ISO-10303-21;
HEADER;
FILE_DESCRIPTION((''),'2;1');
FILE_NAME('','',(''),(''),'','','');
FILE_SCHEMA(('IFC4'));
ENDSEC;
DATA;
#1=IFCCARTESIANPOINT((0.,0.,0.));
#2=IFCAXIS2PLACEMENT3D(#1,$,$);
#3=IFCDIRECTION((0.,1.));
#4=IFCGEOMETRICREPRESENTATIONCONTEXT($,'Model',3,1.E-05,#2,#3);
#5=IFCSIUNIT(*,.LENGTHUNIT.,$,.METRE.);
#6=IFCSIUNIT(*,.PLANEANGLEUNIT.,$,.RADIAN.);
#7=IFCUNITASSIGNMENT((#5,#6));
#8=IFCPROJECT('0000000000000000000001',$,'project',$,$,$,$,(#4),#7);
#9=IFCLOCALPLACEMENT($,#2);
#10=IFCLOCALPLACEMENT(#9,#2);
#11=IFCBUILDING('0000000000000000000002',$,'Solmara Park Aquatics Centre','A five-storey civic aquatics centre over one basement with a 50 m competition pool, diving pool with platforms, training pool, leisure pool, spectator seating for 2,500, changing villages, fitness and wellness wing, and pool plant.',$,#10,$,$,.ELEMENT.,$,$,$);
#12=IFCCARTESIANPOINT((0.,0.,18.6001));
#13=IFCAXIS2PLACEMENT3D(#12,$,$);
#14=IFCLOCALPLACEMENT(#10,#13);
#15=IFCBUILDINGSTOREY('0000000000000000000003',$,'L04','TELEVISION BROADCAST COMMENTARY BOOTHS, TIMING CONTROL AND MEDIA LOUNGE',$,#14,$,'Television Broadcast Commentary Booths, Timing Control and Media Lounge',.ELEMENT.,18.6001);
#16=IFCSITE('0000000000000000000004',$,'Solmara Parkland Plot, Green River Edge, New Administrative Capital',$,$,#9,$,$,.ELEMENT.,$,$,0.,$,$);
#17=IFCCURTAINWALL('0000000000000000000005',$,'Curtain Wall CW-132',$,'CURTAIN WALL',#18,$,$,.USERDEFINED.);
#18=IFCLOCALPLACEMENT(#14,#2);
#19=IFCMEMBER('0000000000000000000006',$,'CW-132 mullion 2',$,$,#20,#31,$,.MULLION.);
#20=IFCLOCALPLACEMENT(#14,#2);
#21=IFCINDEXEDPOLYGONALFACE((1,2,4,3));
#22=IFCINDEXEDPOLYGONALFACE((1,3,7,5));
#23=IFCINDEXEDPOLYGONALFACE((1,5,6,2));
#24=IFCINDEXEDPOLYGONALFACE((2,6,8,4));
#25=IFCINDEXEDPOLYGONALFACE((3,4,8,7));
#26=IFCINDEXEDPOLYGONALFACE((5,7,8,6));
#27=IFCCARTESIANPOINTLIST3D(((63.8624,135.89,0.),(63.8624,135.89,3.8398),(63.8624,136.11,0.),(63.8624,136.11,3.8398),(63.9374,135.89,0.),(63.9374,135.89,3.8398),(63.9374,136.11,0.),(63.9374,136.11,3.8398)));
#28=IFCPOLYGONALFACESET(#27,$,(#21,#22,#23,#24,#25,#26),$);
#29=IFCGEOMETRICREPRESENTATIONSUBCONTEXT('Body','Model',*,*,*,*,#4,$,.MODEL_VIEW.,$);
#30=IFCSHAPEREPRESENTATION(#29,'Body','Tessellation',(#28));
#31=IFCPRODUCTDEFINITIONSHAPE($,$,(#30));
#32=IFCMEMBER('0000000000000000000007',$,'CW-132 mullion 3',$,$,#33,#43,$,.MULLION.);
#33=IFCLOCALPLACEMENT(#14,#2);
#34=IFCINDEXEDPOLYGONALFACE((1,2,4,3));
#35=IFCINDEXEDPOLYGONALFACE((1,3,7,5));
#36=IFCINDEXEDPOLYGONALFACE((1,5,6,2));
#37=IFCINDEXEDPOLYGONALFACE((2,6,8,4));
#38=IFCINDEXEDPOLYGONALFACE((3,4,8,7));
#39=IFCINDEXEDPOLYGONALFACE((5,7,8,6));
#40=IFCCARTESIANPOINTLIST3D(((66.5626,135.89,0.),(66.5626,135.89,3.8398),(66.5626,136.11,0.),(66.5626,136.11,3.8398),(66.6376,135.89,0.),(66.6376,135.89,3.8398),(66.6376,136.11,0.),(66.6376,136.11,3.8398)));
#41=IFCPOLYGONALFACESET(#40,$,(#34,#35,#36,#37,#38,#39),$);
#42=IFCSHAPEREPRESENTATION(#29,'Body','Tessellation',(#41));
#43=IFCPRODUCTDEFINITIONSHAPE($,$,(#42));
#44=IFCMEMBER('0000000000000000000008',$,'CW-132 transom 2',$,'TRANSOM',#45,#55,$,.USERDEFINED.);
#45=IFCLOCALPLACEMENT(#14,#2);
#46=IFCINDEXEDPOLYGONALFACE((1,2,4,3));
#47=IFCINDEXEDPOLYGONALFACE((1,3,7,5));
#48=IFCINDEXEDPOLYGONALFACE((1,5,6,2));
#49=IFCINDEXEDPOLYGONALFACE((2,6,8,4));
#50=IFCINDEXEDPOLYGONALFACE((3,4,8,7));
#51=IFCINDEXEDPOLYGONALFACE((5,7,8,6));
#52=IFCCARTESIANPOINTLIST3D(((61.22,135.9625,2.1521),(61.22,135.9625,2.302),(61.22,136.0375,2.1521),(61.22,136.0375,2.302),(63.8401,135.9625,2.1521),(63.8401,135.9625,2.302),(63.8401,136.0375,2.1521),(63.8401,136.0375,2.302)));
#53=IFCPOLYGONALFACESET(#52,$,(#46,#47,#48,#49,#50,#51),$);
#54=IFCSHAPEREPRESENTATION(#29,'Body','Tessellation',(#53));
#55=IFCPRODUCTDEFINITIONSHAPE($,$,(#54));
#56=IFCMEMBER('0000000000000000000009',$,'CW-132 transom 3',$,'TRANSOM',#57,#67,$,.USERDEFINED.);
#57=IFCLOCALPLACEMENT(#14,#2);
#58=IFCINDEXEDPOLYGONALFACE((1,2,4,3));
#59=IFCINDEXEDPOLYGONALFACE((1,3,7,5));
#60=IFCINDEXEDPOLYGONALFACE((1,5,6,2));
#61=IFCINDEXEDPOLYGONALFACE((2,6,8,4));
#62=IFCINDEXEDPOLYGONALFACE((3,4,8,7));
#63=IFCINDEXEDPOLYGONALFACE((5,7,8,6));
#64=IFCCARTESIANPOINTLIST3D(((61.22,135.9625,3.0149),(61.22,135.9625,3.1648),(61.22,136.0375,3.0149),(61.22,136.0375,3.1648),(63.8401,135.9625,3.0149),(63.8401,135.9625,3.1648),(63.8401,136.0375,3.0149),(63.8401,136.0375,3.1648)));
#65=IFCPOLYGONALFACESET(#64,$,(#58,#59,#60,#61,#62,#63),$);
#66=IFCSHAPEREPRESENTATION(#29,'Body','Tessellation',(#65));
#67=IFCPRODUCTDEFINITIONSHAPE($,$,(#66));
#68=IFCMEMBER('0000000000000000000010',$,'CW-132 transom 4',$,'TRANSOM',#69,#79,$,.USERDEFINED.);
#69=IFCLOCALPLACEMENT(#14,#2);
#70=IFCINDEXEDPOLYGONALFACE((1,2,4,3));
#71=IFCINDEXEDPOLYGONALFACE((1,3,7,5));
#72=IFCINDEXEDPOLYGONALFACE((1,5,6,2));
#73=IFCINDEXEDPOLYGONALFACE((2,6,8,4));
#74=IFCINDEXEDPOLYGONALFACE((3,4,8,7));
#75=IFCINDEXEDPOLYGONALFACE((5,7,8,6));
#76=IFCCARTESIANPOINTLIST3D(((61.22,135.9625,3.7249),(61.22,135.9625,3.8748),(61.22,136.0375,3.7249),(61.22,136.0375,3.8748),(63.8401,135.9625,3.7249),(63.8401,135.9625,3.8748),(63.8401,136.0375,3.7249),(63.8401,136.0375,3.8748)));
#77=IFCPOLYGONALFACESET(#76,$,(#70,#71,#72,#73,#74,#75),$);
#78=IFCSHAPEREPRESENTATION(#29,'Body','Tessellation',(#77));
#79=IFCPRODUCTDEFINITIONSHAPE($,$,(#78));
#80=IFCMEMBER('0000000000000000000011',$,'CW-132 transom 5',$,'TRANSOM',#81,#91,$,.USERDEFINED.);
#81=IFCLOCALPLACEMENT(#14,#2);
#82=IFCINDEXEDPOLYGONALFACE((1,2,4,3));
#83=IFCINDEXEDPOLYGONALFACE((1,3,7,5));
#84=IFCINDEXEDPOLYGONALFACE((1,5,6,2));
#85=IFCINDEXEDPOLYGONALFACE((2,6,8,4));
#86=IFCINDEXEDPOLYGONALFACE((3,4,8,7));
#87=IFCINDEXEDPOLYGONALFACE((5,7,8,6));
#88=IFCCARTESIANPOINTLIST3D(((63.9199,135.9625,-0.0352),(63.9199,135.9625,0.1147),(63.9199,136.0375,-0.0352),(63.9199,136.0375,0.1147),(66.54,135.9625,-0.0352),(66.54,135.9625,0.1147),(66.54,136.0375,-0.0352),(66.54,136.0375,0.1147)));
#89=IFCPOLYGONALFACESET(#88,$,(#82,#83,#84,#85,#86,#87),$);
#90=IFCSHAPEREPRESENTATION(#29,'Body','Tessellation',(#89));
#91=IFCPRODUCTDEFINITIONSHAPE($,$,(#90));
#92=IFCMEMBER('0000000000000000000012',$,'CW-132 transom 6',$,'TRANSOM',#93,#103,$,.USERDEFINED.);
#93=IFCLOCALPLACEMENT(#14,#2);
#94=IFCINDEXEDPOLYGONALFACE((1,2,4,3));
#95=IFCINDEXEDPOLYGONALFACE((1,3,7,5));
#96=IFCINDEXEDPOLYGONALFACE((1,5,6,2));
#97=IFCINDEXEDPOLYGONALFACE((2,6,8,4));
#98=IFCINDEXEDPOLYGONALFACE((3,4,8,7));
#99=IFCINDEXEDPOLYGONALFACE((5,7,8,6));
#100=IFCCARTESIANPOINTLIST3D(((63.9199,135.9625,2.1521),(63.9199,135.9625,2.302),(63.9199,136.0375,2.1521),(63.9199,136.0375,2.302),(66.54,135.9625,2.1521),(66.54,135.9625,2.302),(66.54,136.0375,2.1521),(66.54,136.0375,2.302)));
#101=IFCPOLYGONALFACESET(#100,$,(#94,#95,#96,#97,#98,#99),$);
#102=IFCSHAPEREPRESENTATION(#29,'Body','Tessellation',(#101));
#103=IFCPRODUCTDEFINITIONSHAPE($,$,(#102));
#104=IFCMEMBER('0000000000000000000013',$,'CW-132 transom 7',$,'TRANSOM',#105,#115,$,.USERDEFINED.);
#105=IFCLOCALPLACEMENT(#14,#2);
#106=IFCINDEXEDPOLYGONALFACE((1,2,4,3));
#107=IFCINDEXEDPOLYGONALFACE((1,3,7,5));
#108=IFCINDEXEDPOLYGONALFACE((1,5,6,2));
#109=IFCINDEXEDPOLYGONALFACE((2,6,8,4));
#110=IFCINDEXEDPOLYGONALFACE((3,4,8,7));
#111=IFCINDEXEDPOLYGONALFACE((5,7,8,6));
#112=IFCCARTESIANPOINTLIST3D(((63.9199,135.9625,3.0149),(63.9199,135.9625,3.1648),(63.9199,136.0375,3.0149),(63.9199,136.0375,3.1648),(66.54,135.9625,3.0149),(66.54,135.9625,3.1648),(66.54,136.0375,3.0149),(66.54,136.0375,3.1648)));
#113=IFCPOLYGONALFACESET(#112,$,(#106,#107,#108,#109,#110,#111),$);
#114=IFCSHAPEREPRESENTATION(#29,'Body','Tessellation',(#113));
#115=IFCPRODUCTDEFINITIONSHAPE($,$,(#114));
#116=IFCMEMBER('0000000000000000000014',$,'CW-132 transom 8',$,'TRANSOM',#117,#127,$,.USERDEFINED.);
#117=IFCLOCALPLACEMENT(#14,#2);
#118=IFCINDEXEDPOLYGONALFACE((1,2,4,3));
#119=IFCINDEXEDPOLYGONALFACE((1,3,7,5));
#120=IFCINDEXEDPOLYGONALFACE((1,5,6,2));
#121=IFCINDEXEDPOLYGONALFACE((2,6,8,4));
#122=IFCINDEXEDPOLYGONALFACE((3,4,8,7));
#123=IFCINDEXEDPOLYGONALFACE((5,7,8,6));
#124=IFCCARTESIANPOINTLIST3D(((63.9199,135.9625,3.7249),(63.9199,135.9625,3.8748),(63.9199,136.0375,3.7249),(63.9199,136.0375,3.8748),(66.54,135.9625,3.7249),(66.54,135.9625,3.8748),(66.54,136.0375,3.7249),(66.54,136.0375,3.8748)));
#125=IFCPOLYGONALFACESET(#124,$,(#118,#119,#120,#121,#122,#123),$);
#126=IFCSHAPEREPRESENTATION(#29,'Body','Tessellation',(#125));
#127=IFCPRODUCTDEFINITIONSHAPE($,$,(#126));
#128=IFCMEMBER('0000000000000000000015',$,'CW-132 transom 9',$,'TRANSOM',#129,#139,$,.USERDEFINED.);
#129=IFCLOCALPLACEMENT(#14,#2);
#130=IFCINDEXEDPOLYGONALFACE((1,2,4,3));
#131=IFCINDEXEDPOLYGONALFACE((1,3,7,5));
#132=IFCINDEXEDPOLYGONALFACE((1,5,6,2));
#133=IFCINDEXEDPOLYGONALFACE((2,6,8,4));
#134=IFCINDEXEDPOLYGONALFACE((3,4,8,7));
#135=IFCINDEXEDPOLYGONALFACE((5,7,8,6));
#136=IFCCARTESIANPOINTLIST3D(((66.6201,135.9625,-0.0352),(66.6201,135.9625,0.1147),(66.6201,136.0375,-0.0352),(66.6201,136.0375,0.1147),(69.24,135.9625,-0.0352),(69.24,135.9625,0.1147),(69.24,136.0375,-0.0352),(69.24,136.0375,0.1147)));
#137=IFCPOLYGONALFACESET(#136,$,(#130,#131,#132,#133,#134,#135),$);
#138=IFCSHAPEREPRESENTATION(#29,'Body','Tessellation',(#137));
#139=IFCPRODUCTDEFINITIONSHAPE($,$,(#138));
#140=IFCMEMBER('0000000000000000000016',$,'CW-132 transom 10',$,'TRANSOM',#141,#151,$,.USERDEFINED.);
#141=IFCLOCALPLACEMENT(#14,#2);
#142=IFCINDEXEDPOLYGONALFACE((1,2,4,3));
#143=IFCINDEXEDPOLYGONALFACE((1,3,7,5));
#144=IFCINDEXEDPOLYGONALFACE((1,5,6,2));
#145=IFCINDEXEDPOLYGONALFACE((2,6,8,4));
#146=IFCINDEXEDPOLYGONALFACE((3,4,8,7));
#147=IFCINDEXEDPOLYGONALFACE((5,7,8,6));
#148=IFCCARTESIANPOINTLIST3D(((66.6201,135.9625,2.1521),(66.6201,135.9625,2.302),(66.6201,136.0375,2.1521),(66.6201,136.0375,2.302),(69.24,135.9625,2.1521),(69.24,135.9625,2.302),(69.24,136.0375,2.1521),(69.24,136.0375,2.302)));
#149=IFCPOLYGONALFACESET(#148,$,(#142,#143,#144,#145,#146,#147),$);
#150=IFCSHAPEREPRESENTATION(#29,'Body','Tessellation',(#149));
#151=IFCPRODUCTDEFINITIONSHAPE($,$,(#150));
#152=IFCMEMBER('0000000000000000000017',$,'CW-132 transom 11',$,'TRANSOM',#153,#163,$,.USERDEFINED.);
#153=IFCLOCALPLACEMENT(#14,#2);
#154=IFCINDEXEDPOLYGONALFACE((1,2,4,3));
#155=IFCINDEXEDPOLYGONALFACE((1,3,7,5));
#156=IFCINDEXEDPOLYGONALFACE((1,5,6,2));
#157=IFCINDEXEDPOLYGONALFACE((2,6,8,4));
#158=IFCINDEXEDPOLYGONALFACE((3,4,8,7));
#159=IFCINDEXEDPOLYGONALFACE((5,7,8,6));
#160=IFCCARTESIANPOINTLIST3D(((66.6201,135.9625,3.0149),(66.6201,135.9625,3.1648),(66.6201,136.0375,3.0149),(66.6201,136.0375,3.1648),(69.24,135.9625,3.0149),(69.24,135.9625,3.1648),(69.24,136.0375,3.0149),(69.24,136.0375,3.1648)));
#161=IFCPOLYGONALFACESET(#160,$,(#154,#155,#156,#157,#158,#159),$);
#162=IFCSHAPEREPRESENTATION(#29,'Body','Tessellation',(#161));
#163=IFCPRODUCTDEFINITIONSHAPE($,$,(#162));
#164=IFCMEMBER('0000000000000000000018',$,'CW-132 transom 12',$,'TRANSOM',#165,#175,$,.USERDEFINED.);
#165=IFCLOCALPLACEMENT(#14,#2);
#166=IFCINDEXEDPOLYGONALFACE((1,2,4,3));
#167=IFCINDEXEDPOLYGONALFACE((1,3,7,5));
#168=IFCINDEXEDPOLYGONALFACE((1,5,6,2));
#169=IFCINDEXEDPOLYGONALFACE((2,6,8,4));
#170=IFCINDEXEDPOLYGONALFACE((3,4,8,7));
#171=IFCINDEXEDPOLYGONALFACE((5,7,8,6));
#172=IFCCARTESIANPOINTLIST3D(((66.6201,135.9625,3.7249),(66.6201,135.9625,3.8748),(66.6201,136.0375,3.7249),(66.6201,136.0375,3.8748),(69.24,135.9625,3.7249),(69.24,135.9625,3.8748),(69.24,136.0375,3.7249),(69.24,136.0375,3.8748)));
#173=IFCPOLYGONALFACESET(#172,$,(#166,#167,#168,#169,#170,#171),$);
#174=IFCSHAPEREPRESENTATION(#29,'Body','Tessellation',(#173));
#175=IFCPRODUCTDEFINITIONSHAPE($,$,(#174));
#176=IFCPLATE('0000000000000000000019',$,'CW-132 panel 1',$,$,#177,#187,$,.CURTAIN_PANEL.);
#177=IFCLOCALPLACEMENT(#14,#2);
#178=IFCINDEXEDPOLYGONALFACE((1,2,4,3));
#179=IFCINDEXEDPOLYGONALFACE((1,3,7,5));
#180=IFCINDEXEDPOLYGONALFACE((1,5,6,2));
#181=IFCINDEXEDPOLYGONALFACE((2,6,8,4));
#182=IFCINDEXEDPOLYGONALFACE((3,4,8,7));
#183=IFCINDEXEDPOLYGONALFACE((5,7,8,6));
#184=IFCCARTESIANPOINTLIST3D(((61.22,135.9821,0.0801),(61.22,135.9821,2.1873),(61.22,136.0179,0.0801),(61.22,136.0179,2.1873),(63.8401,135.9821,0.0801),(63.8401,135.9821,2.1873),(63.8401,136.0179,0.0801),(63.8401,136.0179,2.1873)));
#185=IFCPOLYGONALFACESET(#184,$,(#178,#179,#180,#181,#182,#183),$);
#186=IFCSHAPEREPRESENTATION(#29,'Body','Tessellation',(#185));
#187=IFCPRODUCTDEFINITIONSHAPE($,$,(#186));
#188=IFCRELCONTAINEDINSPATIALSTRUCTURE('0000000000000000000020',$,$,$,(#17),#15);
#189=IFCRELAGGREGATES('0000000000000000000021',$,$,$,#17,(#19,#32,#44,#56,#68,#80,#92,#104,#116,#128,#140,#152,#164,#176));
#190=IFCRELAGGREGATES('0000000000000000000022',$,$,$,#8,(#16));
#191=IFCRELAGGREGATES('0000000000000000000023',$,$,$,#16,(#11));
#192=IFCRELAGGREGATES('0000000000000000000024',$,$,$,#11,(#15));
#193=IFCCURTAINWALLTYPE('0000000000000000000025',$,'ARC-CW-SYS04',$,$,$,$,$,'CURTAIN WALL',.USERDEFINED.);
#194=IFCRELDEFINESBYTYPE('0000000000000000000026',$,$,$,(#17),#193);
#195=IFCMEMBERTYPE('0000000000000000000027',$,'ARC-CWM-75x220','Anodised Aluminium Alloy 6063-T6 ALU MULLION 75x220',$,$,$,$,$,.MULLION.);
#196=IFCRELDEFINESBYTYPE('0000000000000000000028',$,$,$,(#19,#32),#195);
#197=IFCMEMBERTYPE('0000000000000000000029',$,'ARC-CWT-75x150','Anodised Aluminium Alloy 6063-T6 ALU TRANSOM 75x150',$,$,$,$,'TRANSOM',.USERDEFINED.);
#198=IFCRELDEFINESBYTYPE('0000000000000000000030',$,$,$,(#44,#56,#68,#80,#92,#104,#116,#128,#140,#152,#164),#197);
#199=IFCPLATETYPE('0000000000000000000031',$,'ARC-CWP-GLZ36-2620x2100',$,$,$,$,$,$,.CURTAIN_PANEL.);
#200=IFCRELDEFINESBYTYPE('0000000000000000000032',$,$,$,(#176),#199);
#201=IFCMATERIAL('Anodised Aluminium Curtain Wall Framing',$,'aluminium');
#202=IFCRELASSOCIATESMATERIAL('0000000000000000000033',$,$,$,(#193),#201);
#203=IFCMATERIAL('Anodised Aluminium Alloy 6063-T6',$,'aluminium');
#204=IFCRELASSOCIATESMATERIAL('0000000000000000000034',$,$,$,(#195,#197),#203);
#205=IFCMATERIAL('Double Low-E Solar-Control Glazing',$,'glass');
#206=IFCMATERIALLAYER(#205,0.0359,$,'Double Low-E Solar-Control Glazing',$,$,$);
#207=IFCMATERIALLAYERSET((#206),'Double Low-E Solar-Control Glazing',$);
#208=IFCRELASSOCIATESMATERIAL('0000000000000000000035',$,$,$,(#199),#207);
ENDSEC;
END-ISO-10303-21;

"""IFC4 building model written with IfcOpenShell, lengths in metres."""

from ifc_helpers import new_model, si_unit, direction, frame, origin, origin_2d, place, context, subcontext, project, spatial, rectangle, extrude, material, layer, layer_set, material_profile, profile_set, type_object, element, aggregate, save


model = new_model("IFC4")

# Units and contexts
model_context = context("Model", 3, precision=1e-05, world=origin(), true_north=direction((0.0, 1.0)))
body_context = subcontext(model_context, "Body", "Model", "MODEL_VIEW")
ifc_project = project(units=[si_unit("LENGTHUNIT", "METRE"), si_unit("PLANEANGLEUNIT", "RADIAN")], contexts=[model_context])

# Site, building, storey
site_placement = place(None, origin())
site = spatial("IfcSite", under=ifc_project, at=site_placement, Name="Solmara Parkland Plot, Green River Edge, New Administrative Capital", CompositionType="ELEMENT", RefElevation=0.0)
building_placement = place(site_placement, origin())
building = spatial("IfcBuilding", under=site, at=building_placement, Name="Solmara Park Aquatics Centre", Description="A five-storey civic aquatics centre over one basement with a 50 m competition pool, diving pool with platforms, training pool, leisure pool, spectator seating for 2,500, changing villages, fitness and wellness wing, and pool plant.", CompositionType="ELEMENT")
storey_placement = place(building_placement, frame((0.0, 0.0, 18.6001)))
storey = spatial("IfcBuildingStorey", under=building, at=storey_placement, Name="L04", Description="TELEVISION BROADCAST COMMENTARY BOOTHS, TIMING CONTROL AND MEDIA LOUNGE", LongName="Television Broadcast Commentary Booths, Timing Control and Media Lounge", CompositionType="ELEMENT", Elevation=18.6001)

# Curtain wall, members, plate
ifc_material_1 = material(Name="Anodised Aluminium Curtain Wall Framing", Category="aluminium")
curtain_wall_type = type_object("IfcCurtainWallType", Name="ARC-CW-SYS04", ElementType="CURTAIN WALL", PredefinedType="USERDEFINED", material=ifc_material_1)
curtain_wall_placement = place(storey_placement, origin())
curtain_wall = element("IfcCurtainWall", 1, at=curtain_wall_placement, inside=storey, type_object=curtain_wall_type, Name="Curtain Wall CW-132", ObjectType="CURTAIN WALL", PredefinedType="USERDEFINED")
ifc_material_2 = material(Name="Anodised Aluminium Alloy 6063-T6", Category="aluminium")
ifc_material_profile_1 = material_profile(ifc_material_2, rectangle(XDim=0.075, YDim=0.22, at=origin_2d()), Name="ALU MULLION 75x220")
ifc_profile_set_1 = profile_set([ifc_material_profile_1], Name="Anodised Aluminium Alloy 6063-T6")
member_type_1 = type_object("IfcMemberType", Name="ARC-CWM-75x220", Description="Anodised Aluminium Alloy 6063-T6 ALU MULLION 75x220", PredefinedType="MULLION", material=ifc_profile_set_1)
member_1_placement = place(storey_placement, frame((63.8999, 136.0, 0.0), z_axis=(0.0, 0.0, 1.0), x_axis=(1.0, 0.0, 0.0)))
member_1 = element("IfcMember", 2, at=member_1_placement, type_object=member_type_1, Name="CW-132 mullion 2", PredefinedType="MULLION", context=body_context, shape_type="SweptSolid", body=[
    extrude(rectangle(XDim=0.075, YDim=0.22, at=origin_2d()), origin(), (0.0, 0.0, 1.0), 3.8398),
])
member_2_placement = place(storey_placement, frame((66.6001, 136.0, 0.0), z_axis=(0.0, 0.0, 1.0), x_axis=(1.0, 0.0, 0.0)))
member_2 = element("IfcMember", 3, at=member_2_placement, type_object=member_type_1, Name="CW-132 mullion 3", PredefinedType="MULLION", context=body_context, shape_type="SweptSolid", body=[
    extrude(rectangle(XDim=0.075, YDim=0.22, at=origin_2d()), origin(), (0.0, 0.0, 1.0), 3.8398),
])
ifc_material_profile_2 = material_profile(ifc_material_2, rectangle(XDim=0.075, YDim=0.1499, at=origin_2d()), Name="ALU TRANSOM 75x150")
ifc_profile_set_2 = profile_set([ifc_material_profile_2], Name="Anodised Aluminium Alloy 6063-T6")
member_type_2 = type_object("IfcMemberType", Name="ARC-CWT-75x150", Description="Anodised Aluminium Alloy 6063-T6 ALU TRANSOM 75x150", ElementType="TRANSOM", PredefinedType="USERDEFINED", material=ifc_profile_set_2)
member_3_placement = place(storey_placement, frame((61.22, 136.0, 2.2271), z_axis=(1.0, 0.0, 0.0), x_axis=(0.0, 1.0, 0.0)))
member_3 = element("IfcMember", 4, at=member_3_placement, type_object=member_type_2, Name="CW-132 transom 2", ObjectType="TRANSOM", PredefinedType="USERDEFINED", context=body_context, shape_type="SweptSolid", body=[
    extrude(rectangle(XDim=0.075, YDim=0.1499, at=origin_2d()), origin(), (0.0, 0.0, 1.0), 2.6201),
])
member_4_placement = place(storey_placement, frame((61.22, 136.0, 3.0898), z_axis=(1.0, 0.0, 0.0), x_axis=(0.0, 1.0, 0.0)))
member_4 = element("IfcMember", 5, at=member_4_placement, type_object=member_type_2, Name="CW-132 transom 3", ObjectType="TRANSOM", PredefinedType="USERDEFINED", context=body_context, shape_type="SweptSolid", body=[
    extrude(rectangle(XDim=0.075, YDim=0.1499, at=origin_2d()), origin(), (0.0, 0.0, 1.0), 2.6201),
])
member_5_placement = place(storey_placement, frame((61.22, 136.0, 3.7998), z_axis=(1.0, 0.0, 0.0), x_axis=(0.0, 1.0, 0.0)))
member_5 = element("IfcMember", 6, at=member_5_placement, type_object=member_type_2, Name="CW-132 transom 4", ObjectType="TRANSOM", PredefinedType="USERDEFINED", context=body_context, shape_type="SweptSolid", body=[
    extrude(rectangle(XDim=0.075, YDim=0.1499, at=origin_2d()), origin(), (0.0, 0.0, 1.0), 2.6201),
])
member_6_placement = place(storey_placement, frame((63.9199, 136.0, 0.0398), z_axis=(1.0, 0.0, 0.0), x_axis=(0.0, 1.0, 0.0)))
member_6 = element("IfcMember", 7, at=member_6_placement, type_object=member_type_2, Name="CW-132 transom 5", ObjectType="TRANSOM", PredefinedType="USERDEFINED", context=body_context, shape_type="SweptSolid", body=[
    extrude(rectangle(XDim=0.075, YDim=0.1499, at=origin_2d()), origin(), (0.0, 0.0, 1.0), 2.6201),
])
member_7_placement = place(storey_placement, frame((63.9199, 136.0, 2.2271), z_axis=(1.0, 0.0, 0.0), x_axis=(0.0, 1.0, 0.0)))
member_7 = element("IfcMember", 8, at=member_7_placement, type_object=member_type_2, Name="CW-132 transom 6", ObjectType="TRANSOM", PredefinedType="USERDEFINED", context=body_context, shape_type="SweptSolid", body=[
    extrude(rectangle(XDim=0.075, YDim=0.1499, at=origin_2d()), origin(), (0.0, 0.0, 1.0), 2.6201),
])
member_8_placement = place(storey_placement, frame((63.9199, 136.0, 3.0898), z_axis=(1.0, 0.0, 0.0), x_axis=(0.0, 1.0, 0.0)))
member_8 = element("IfcMember", 9, at=member_8_placement, type_object=member_type_2, Name="CW-132 transom 7", ObjectType="TRANSOM", PredefinedType="USERDEFINED", context=body_context, shape_type="SweptSolid", body=[
    extrude(rectangle(XDim=0.075, YDim=0.1499, at=origin_2d()), origin(), (0.0, 0.0, 1.0), 2.6201),
])
member_9_placement = place(storey_placement, frame((63.9199, 136.0, 3.7998), z_axis=(1.0, 0.0, 0.0), x_axis=(0.0, 1.0, 0.0)))
member_9 = element("IfcMember", 10, at=member_9_placement, type_object=member_type_2, Name="CW-132 transom 8", ObjectType="TRANSOM", PredefinedType="USERDEFINED", context=body_context, shape_type="SweptSolid", body=[
    extrude(rectangle(XDim=0.075, YDim=0.1499, at=origin_2d()), origin(), (0.0, 0.0, 1.0), 2.6201),
])
member_10_placement = place(storey_placement, frame((66.6201, 136.0, 0.0398), z_axis=(1.0, 0.0, 0.0), x_axis=(0.0, 1.0, 0.0)))
member_10 = element("IfcMember", 11, at=member_10_placement, type_object=member_type_2, Name="CW-132 transom 9", ObjectType="TRANSOM", PredefinedType="USERDEFINED", context=body_context, shape_type="SweptSolid", body=[
    extrude(rectangle(XDim=0.075, YDim=0.1499, at=origin_2d()), origin(), (0.0, 0.0, 1.0), 2.6199),
])
member_11_placement = place(storey_placement, frame((66.6201, 136.0, 2.2271), z_axis=(1.0, 0.0, 0.0), x_axis=(0.0, 1.0, 0.0)))
member_11 = element("IfcMember", 12, at=member_11_placement, type_object=member_type_2, Name="CW-132 transom 10", ObjectType="TRANSOM", PredefinedType="USERDEFINED", context=body_context, shape_type="SweptSolid", body=[
    extrude(rectangle(XDim=0.075, YDim=0.1499, at=origin_2d()), origin(), (0.0, 0.0, 1.0), 2.6199),
])
member_12_placement = place(storey_placement, frame((66.6201, 136.0, 3.0898), z_axis=(1.0, 0.0, 0.0), x_axis=(0.0, 1.0, 0.0)))
member_12 = element("IfcMember", 13, at=member_12_placement, type_object=member_type_2, Name="CW-132 transom 11", ObjectType="TRANSOM", PredefinedType="USERDEFINED", context=body_context, shape_type="SweptSolid", body=[
    extrude(rectangle(XDim=0.075, YDim=0.1499, at=origin_2d()), origin(), (0.0, 0.0, 1.0), 2.6199),
])
member_13_placement = place(storey_placement, frame((66.6201, 136.0, 3.7998), z_axis=(1.0, 0.0, 0.0), x_axis=(0.0, 1.0, 0.0)))
member_13 = element("IfcMember", 14, at=member_13_placement, type_object=member_type_2, Name="CW-132 transom 12", ObjectType="TRANSOM", PredefinedType="USERDEFINED", context=body_context, shape_type="SweptSolid", body=[
    extrude(rectangle(XDim=0.075, YDim=0.1499, at=origin_2d()), origin(), (0.0, 0.0, 1.0), 2.6199),
])
ifc_material_3 = material(Name="Double Low-E Solar-Control Glazing", Category="glass")
ifc_layer_1 = layer(ifc_material_3, 0.0359, Name="Double Low-E Solar-Control Glazing")
ifc_layer_set_1 = layer_set([ifc_layer_1], Name="Double Low-E Solar-Control Glazing")
plate_type_1 = type_object("IfcPlateType", Name="ARC-CWP-GLZ36-2620x2100", PredefinedType="CURTAIN_PANEL", material=ifc_layer_set_1)
plate_1_placement = place(storey_placement, frame((62.53, 136.0, 0.0801), z_axis=(0.0, 0.0, 1.0), x_axis=(1.0, 0.0, 0.0)))
plate_1 = element("IfcPlate", 15, at=plate_1_placement, type_object=plate_type_1, Name="CW-132 panel 1", PredefinedType="CURTAIN_PANEL", context=body_context, shape_type="SweptSolid", body=[
    extrude(rectangle(XDim=2.6201, YDim=0.0359, at=origin_2d()), origin(), (0.0, 0.0, 1.0), 2.1072),
])
aggregate(curtain_wall, [member_1, member_2, member_3, member_4, member_5, member_6, member_7, member_8, member_9, member_10, member_11, member_12, member_13, plate_1])

save(model, "model.ifc")
